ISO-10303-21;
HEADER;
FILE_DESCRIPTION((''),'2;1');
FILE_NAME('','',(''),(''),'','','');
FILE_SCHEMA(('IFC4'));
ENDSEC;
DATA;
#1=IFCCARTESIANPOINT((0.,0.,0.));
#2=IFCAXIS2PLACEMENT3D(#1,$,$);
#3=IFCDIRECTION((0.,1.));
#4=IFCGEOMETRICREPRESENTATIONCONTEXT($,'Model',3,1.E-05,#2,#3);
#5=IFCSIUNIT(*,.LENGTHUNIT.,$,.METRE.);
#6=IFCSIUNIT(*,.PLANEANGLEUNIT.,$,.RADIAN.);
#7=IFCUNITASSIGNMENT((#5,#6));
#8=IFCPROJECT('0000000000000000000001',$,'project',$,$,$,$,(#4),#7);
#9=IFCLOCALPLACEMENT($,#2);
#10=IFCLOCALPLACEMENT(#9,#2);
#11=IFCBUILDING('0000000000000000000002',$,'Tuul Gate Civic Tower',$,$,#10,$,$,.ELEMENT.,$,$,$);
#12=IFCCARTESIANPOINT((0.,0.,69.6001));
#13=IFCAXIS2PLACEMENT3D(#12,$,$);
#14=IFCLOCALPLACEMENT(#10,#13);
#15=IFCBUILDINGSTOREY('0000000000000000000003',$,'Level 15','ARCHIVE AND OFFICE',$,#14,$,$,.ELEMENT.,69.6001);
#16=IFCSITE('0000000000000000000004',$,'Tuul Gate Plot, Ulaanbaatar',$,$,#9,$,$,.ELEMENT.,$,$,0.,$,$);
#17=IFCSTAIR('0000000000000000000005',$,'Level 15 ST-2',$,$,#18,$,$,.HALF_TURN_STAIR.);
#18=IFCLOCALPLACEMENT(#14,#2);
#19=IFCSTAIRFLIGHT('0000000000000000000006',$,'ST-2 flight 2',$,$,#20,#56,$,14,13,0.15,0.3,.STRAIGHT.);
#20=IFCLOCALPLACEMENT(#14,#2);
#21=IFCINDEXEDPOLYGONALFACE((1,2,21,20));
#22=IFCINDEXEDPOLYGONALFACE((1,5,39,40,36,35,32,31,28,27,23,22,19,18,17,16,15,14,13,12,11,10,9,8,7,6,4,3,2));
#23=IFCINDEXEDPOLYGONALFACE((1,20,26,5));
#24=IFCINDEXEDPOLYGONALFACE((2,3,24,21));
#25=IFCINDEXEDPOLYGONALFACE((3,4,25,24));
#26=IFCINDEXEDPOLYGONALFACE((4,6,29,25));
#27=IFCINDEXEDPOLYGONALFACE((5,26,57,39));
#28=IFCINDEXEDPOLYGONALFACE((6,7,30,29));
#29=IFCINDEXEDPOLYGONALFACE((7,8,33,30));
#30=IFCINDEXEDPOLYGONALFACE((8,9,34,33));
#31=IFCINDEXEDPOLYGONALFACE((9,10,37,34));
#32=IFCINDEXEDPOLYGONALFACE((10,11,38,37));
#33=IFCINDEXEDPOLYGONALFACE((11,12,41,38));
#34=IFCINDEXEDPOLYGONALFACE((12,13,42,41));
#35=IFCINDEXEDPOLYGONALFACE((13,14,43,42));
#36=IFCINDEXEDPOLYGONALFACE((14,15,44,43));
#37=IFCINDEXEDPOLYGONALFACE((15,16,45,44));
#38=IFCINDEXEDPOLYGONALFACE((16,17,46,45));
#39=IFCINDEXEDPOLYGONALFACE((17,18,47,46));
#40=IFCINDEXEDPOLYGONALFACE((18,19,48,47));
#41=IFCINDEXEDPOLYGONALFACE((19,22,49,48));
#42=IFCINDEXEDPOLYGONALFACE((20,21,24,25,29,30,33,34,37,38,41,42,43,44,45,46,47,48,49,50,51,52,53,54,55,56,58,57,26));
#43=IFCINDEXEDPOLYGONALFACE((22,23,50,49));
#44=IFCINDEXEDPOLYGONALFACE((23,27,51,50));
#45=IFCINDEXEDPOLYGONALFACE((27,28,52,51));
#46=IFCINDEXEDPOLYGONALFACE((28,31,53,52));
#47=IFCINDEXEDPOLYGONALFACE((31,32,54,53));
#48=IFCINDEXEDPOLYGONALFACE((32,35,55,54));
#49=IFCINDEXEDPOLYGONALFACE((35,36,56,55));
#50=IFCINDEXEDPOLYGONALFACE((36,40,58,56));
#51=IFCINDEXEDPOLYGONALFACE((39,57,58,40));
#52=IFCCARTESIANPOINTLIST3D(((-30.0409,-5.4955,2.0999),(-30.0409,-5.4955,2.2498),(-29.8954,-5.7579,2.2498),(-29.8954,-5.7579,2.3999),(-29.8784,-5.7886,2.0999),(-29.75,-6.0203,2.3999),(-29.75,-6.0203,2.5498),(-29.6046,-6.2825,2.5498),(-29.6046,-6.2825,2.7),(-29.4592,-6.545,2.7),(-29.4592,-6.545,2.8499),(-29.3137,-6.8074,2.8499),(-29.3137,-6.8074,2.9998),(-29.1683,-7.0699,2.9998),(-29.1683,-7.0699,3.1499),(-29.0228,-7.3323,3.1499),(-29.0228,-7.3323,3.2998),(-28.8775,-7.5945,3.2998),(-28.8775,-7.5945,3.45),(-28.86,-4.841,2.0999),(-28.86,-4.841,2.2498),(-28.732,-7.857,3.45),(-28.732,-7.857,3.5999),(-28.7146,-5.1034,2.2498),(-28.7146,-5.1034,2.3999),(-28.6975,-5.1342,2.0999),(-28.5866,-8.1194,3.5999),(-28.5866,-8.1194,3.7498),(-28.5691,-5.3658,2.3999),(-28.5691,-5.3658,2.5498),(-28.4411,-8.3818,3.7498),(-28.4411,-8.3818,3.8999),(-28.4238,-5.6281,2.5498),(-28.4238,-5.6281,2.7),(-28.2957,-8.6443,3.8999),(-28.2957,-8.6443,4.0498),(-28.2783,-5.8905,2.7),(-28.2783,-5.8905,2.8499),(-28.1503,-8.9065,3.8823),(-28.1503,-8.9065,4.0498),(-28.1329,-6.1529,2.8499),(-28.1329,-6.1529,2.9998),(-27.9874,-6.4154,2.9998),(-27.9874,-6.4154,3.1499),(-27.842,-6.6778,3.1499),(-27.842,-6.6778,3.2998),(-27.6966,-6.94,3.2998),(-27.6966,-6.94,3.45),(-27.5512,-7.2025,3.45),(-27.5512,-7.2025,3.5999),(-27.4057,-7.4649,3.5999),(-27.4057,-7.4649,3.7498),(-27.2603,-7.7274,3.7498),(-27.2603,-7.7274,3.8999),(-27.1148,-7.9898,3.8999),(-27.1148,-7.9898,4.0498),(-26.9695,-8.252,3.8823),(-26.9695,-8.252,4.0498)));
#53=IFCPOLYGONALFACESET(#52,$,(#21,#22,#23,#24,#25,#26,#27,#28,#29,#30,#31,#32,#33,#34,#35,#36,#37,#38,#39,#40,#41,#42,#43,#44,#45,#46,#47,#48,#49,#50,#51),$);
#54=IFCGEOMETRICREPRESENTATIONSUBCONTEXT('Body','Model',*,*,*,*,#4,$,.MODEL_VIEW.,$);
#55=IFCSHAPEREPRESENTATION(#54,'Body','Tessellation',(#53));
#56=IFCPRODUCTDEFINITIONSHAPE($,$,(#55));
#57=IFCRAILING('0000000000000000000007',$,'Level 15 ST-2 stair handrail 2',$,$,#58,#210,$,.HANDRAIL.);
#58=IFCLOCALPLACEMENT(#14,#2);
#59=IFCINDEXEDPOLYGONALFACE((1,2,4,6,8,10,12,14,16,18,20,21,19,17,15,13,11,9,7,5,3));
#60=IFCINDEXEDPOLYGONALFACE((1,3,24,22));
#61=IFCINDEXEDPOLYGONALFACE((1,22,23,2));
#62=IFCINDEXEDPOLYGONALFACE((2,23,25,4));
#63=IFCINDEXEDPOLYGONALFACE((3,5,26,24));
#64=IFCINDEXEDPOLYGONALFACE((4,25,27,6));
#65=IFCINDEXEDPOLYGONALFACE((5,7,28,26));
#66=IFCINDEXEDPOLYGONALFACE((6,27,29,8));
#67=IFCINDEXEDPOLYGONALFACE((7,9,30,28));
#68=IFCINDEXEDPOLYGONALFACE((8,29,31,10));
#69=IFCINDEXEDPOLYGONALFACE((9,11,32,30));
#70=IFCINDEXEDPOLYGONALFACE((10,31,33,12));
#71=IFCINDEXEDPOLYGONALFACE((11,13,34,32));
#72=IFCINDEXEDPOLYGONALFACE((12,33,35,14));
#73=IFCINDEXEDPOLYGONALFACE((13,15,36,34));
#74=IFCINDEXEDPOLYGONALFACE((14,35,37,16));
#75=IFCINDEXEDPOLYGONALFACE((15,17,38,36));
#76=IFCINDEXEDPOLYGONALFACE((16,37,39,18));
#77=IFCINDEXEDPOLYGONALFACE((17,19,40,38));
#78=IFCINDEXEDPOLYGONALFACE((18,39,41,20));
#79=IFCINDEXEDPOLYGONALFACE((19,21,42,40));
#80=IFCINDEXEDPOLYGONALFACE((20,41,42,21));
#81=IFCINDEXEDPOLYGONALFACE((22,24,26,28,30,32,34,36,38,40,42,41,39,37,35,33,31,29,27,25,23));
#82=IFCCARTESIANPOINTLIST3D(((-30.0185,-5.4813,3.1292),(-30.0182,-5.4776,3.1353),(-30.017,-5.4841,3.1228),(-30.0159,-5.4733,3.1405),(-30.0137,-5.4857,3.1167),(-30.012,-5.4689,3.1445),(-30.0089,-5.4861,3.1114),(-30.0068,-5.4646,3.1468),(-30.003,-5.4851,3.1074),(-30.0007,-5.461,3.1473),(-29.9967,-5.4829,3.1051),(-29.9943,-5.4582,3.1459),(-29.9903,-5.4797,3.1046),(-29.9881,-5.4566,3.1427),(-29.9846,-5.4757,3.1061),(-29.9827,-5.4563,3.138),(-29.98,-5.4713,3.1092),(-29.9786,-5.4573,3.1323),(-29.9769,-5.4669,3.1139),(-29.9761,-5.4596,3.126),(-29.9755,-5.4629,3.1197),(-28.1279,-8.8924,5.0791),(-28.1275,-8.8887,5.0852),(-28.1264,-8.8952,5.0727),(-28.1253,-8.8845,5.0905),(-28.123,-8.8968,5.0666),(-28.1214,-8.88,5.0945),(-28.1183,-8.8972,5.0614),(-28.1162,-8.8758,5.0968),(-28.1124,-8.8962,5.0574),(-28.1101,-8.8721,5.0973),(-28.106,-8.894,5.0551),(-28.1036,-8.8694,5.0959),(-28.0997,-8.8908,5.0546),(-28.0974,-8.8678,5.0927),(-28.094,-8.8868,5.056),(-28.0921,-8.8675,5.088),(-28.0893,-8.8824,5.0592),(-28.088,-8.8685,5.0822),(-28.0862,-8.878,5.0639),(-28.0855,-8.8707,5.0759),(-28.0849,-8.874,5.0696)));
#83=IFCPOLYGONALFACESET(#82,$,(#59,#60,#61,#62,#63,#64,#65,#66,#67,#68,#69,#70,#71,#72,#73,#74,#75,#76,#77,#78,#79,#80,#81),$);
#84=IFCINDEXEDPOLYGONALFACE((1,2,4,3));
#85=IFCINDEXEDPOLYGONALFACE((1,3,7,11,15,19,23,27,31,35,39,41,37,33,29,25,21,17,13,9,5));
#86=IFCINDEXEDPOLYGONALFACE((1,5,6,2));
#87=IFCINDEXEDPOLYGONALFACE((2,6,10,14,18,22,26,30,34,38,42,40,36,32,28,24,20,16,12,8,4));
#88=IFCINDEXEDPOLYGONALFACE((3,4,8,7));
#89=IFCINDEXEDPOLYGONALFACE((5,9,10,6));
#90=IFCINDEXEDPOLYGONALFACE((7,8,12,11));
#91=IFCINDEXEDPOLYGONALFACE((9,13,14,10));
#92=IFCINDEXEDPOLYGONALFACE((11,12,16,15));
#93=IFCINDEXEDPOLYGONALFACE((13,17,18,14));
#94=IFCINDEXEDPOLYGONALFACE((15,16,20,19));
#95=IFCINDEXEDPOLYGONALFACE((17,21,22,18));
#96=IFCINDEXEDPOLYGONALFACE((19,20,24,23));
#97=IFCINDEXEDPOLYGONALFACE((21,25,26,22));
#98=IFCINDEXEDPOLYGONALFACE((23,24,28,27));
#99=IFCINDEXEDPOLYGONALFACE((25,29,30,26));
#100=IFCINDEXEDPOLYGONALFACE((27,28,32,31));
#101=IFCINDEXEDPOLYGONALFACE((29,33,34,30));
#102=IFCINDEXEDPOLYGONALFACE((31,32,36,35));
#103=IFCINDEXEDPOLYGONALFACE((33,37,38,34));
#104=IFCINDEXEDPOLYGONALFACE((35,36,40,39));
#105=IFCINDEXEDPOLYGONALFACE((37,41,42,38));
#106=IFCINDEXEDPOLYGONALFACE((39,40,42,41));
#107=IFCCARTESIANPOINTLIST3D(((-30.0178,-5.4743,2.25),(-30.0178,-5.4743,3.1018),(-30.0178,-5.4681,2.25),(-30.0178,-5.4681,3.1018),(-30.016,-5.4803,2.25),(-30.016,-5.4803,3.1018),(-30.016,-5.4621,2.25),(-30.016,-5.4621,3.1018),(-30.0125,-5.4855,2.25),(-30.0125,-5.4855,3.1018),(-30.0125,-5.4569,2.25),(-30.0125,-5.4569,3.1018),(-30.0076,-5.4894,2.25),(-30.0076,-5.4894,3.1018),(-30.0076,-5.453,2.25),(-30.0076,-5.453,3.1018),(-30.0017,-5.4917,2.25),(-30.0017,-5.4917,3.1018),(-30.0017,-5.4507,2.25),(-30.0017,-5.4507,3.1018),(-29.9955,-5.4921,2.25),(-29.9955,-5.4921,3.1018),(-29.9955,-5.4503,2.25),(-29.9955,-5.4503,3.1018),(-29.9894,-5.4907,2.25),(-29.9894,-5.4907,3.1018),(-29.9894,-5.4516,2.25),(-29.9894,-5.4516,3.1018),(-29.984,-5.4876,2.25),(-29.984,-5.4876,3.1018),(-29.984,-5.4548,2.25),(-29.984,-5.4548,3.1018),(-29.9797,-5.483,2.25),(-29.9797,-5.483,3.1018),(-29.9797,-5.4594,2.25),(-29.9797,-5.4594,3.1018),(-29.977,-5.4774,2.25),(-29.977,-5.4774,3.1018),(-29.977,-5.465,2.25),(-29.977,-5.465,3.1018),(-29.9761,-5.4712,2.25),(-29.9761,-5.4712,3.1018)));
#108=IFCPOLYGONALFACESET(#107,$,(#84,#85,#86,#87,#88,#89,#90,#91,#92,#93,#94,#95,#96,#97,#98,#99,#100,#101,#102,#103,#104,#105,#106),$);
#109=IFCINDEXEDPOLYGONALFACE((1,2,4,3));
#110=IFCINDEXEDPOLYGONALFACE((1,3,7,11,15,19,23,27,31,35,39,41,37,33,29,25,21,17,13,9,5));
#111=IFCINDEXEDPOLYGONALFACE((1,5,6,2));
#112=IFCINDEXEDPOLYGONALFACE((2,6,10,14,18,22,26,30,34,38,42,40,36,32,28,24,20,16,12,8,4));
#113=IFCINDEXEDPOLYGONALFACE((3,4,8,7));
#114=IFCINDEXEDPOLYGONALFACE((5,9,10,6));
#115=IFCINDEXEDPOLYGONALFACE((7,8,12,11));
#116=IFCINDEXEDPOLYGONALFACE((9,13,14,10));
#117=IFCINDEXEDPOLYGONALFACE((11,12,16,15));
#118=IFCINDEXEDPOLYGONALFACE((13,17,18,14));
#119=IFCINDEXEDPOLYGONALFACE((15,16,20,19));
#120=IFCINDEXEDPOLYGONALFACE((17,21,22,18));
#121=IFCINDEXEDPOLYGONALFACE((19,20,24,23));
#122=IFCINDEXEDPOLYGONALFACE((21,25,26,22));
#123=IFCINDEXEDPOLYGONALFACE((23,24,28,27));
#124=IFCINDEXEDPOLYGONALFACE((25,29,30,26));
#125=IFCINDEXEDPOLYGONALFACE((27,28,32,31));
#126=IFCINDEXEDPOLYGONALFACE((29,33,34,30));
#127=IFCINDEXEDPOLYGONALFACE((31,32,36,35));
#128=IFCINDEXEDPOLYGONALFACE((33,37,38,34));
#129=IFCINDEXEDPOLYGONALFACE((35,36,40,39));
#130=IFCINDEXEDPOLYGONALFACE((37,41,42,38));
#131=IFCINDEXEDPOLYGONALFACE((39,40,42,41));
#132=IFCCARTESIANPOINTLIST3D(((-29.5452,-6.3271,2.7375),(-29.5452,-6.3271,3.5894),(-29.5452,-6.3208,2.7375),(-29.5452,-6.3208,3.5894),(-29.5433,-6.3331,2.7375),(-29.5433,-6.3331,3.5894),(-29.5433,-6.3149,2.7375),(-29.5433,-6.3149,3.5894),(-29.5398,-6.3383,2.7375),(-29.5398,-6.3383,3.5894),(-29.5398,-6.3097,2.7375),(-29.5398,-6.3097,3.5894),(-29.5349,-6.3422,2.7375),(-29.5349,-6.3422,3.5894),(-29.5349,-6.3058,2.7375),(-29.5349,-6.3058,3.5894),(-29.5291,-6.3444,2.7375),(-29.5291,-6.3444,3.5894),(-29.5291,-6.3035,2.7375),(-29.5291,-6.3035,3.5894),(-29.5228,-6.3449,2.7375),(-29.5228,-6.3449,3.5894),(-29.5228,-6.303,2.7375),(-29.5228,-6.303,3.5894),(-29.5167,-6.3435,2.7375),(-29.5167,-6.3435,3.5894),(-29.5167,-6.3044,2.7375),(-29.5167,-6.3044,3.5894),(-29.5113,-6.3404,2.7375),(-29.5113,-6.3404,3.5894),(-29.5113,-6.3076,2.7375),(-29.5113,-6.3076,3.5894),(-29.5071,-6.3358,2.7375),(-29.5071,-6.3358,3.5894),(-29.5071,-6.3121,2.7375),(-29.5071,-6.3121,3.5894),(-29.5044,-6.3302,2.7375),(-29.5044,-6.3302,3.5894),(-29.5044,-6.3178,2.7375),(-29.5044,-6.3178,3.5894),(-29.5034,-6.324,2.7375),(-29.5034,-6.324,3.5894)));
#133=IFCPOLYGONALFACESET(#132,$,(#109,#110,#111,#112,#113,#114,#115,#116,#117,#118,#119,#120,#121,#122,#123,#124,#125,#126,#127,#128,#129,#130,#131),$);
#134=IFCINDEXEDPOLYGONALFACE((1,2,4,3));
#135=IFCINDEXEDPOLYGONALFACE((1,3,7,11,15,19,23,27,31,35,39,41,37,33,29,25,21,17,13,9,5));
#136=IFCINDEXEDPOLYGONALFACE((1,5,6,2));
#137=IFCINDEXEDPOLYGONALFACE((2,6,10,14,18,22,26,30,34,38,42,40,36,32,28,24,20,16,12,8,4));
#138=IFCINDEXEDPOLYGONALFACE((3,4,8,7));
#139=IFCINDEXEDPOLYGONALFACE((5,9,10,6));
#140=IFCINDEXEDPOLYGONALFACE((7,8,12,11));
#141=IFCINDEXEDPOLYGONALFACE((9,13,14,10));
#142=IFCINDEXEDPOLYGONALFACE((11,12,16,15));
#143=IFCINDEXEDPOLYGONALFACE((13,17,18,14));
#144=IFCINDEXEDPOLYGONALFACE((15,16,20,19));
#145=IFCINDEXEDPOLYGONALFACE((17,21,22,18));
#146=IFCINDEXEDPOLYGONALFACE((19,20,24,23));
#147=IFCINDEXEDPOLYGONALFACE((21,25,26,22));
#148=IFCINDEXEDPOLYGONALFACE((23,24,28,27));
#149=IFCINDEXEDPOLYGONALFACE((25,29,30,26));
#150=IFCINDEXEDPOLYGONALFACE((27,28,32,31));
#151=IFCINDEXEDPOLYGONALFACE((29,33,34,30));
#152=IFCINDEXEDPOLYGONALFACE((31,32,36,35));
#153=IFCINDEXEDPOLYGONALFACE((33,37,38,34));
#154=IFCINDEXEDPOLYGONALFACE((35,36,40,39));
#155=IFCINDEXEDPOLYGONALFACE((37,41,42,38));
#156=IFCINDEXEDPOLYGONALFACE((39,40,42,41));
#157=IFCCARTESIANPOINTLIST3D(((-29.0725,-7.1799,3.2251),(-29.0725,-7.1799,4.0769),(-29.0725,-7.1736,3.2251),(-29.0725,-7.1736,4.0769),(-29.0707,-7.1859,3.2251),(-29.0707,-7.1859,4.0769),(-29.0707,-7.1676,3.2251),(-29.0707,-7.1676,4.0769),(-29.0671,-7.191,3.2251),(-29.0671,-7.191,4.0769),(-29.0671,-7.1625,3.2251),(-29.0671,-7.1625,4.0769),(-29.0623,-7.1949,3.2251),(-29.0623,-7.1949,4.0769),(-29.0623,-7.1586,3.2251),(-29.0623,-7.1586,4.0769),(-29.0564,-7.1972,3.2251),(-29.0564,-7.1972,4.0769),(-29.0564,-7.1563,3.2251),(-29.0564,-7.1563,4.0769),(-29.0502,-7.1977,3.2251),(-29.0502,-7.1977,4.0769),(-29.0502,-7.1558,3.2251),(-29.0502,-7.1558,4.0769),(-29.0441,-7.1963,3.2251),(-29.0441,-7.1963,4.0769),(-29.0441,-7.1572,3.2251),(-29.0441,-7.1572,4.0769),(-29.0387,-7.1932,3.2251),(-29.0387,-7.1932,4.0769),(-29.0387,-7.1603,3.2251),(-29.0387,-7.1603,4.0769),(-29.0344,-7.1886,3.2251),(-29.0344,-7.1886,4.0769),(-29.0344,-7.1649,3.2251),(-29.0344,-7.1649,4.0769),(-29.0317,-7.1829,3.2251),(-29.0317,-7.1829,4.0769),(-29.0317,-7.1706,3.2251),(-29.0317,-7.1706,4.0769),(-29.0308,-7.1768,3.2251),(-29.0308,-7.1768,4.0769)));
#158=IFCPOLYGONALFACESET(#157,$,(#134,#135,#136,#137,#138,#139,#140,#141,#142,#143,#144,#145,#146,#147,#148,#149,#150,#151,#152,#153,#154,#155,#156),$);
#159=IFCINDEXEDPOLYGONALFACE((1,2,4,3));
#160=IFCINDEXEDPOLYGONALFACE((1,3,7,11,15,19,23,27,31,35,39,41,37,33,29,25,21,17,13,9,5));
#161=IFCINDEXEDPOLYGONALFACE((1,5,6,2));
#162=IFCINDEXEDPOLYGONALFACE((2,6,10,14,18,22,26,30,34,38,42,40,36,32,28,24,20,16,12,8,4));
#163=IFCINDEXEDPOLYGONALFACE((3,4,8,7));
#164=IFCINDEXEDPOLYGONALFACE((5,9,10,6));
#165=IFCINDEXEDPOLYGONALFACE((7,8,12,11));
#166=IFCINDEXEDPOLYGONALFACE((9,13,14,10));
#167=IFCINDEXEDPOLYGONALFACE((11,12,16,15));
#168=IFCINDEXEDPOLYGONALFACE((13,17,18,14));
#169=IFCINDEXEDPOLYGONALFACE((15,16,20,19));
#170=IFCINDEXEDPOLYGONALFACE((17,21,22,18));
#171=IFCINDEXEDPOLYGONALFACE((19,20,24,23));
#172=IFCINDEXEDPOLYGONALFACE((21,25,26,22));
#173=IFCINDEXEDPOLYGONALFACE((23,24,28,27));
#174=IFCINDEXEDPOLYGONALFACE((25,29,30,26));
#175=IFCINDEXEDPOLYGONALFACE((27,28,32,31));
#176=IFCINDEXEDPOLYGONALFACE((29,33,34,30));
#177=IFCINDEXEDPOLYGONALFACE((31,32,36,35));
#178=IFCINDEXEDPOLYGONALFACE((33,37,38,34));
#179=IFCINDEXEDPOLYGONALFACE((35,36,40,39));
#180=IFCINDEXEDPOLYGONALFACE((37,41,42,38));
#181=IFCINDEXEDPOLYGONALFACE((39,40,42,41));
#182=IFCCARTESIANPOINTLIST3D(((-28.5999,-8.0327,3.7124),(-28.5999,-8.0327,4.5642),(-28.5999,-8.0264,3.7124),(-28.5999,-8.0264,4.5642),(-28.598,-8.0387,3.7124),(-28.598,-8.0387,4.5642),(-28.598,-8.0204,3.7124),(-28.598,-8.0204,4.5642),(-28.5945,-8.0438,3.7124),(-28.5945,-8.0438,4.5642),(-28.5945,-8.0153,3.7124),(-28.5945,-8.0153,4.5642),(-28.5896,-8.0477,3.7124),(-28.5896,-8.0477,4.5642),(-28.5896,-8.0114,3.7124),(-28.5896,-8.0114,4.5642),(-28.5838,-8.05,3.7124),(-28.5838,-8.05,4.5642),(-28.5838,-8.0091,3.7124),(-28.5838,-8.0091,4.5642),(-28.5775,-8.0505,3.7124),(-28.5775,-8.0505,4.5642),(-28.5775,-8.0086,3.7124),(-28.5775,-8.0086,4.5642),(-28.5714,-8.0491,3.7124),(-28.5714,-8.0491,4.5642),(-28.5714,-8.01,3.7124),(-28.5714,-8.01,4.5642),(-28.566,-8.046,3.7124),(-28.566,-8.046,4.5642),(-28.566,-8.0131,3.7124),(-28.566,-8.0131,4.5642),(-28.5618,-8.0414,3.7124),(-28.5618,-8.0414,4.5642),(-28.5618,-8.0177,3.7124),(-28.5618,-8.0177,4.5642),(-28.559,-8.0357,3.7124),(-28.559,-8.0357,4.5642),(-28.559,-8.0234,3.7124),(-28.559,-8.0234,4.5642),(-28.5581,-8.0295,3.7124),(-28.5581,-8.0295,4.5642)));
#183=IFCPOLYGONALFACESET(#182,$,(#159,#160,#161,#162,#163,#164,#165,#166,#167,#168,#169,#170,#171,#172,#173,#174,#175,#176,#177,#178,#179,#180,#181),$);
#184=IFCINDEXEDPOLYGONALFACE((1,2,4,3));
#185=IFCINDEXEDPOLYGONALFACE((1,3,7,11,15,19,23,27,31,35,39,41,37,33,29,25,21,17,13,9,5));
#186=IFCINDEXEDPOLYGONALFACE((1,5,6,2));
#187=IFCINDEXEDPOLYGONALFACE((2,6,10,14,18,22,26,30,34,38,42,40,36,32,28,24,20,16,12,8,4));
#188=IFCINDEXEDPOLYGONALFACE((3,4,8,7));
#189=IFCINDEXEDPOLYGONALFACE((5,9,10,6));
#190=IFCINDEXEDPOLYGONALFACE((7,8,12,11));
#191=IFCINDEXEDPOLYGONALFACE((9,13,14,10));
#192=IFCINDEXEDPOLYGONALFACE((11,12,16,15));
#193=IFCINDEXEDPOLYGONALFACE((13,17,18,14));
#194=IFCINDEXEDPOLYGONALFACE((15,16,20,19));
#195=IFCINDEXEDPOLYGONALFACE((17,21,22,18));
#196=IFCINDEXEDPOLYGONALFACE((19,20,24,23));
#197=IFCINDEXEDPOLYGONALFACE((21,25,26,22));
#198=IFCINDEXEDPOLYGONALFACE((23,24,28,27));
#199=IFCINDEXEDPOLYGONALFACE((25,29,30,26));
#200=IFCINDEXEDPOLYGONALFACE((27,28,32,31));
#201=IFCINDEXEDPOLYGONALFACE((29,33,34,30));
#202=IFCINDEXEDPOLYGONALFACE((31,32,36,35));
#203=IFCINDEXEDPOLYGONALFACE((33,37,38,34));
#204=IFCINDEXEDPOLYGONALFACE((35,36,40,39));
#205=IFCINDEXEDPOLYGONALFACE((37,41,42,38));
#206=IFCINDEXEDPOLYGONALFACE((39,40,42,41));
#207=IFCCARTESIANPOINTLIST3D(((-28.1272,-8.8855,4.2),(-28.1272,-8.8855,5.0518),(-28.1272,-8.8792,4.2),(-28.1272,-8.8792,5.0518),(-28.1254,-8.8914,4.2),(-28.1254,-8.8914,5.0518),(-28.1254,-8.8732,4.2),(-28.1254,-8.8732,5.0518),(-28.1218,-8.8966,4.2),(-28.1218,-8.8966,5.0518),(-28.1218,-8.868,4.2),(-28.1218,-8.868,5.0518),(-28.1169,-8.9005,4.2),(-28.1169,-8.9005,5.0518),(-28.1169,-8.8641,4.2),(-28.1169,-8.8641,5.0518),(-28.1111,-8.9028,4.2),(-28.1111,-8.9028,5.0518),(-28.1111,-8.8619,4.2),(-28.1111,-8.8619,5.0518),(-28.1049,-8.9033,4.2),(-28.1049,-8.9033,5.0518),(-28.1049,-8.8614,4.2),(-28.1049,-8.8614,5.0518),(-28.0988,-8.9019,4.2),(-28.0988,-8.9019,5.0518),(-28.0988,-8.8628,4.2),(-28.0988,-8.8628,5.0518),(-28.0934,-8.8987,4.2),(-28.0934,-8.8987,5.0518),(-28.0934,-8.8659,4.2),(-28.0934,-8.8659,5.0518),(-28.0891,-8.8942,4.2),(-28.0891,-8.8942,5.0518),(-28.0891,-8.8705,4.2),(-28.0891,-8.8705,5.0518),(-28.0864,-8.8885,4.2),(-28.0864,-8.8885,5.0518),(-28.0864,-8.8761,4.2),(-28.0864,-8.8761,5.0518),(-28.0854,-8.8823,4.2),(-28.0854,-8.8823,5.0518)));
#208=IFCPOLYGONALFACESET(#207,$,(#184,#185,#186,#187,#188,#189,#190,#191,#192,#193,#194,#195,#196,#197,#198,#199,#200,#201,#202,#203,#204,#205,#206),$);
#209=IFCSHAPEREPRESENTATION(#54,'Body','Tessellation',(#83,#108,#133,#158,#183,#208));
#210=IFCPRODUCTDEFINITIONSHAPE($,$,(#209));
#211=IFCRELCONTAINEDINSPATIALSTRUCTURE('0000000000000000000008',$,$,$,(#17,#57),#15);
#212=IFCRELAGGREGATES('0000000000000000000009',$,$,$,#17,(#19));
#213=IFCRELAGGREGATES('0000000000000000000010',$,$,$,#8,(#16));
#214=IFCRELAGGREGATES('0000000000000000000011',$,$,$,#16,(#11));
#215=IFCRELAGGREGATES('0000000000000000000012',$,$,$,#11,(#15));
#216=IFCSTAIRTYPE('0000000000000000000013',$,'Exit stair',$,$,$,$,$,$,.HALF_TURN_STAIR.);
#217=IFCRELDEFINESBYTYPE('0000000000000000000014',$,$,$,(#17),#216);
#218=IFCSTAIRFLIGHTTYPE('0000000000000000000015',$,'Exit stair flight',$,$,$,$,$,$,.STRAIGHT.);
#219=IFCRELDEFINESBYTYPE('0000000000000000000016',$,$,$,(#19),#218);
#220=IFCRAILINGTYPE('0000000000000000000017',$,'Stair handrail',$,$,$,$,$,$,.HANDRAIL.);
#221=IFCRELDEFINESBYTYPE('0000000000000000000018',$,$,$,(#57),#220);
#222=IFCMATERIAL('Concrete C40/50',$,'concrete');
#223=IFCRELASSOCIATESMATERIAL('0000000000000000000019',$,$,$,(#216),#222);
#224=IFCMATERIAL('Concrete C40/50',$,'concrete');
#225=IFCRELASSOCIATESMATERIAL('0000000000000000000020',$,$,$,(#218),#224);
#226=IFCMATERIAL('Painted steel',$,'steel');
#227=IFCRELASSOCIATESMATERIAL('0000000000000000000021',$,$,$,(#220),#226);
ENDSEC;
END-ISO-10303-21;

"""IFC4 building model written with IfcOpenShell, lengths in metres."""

from ifc_helpers import new_model, si_unit, direction, frame, origin, origin_2d, place, context, subcontext, project, spatial, polyline, circle, outline, extrude, material, type_object, element, aggregate, save


model = new_model("IFC4")

# Units and contexts
model_context = context("Model", 3, precision=1e-05, world=origin(), true_north=direction((0.0, 1.0)))
body_context = subcontext(model_context, "Body", "Model", "MODEL_VIEW")
ifc_project = project(units=[si_unit("LENGTHUNIT", "METRE"), si_unit("PLANEANGLEUNIT", "RADIAN")], contexts=[model_context])

# Site, building, storey
site_placement = place(None, origin())
site = spatial("IfcSite", under=ifc_project, at=site_placement, Name="Tuul Gate Plot, Ulaanbaatar", CompositionType="ELEMENT", RefElevation=0.0)
building_placement = place(site_placement, origin())
building = spatial("IfcBuilding", under=site, at=building_placement, Name="Tuul Gate Civic Tower", CompositionType="ELEMENT")
storey_placement = place(building_placement, frame((0.0, 0.0, 69.6001)))
storey = spatial("IfcBuildingStorey", under=building, at=storey_placement, Name="Level 15", Description="ARCHIVE AND OFFICE", CompositionType="ELEMENT", Elevation=69.6001)

# Stair, stair flight
ifc_material_1 = material(Name="Concrete C40/50", Category="concrete")
stair_type = type_object("IfcStairType", Name="Exit stair", PredefinedType="HALF_TURN_STAIR", material=ifc_material_1)
stair_placement = place(storey_placement, origin())
stair = element("IfcStair", 1, at=stair_placement, inside=storey, type_object=stair_type, Name="Level 15 ST-2", PredefinedType="HALF_TURN_STAIR")
ifc_material_2 = material(Name="Concrete C40/50", Category="concrete")
stair_flight_type = type_object("IfcStairFlightType", Name="Exit stair flight", PredefinedType="STRAIGHT", material=ifc_material_2)
stair_flight_placement = place(storey_placement, frame((-29.4504, -5.1682, 2.0999), z_axis=(0.0, 0.0, 1.0), x_axis=(0.484762, -0.874646, 0.0)))
stair_flight = element("IfcStairFlight", 2, at=stair_flight_placement, type_object=stair_flight_type, Name="ST-2 flight 2", NumberOfRisers=14, NumberOfTreads=13, PredefinedType="STRAIGHT", RiserHeight=0.15, TreadLength=0.3, context=body_context, shape_type="SweptSolid", body=[
    extrude(outline(polyline([(0.0, 0.0), (0.0, 0.1499), (0.3, 0.1499), (0.3, 0.3), (0.6001, 0.3), (0.6001, 0.45), (0.8999, 0.45), (0.8999, 0.6001), (1.2, 0.6001), (1.2, 0.75), (1.5, 0.75), (1.5, 0.8999), (1.8, 0.8999), (1.8, 1.05), (2.1001, 1.05), (2.1001, 1.2), (2.3999, 1.2), (2.3999, 1.3501), (2.7, 1.3501), (2.7, 1.5), (3.0, 1.5), (3.0, 1.6499), (3.3, 1.6499), (3.3, 1.8), (3.6001, 1.8), (3.6001, 1.95), (3.8999, 1.95), (3.8999, 2.1001), (3.8999, 1.7825), (0.3352, 0.0), (0.0, 0.0)])), frame((0.0, 0.675, 0.0), z_axis=(0.0, -1.0, 0.0), x_axis=(1.0, 0.0, 0.0)), (0.0, 0.0, 1.0), 1.3501),
])
aggregate(stair, [stair_flight])

# Railing
ifc_material_3 = material(Name="Painted steel", Category="steel")
railing_type = type_object("IfcRailingType", Name="Stair handrail", PredefinedType="HANDRAIL", material=ifc_material_3)
railing_placement = place(storey_placement, frame((-29.9971, -5.4712, 2.25)))
element("IfcRailing", 3, at=railing_placement, inside=storey, type_object=railing_type, Name="Level 15 ST-2 stair handrail 2", PredefinedType="HANDRAIL", context=body_context, shape_type="SweptSolid", body=[
    extrude(circle(Radius=0.0239, at=origin_2d()), frame((0.0, 0.0, 0.876), z_axis=(0.433595, -0.782308, 0.447201), x_axis=(0.874641, 0.484771, 0.0)), (0.0, 0.0, 1.0), 4.3604),
    extrude(circle(Radius=0.021, at=origin_2d()), origin(), (0.0, 0.0, 1.0), 0.8518),
    extrude(circle(Radius=0.021, at=origin_2d()), frame((0.4727, -0.8528, 0.4875)), (0.0, 0.0, 1.0), 0.8518),
    extrude(circle(Radius=0.021, at=origin_2d()), frame((0.9453, -1.7056, 0.9751)), (0.0, 0.0, 1.0), 0.8518),
    extrude(circle(Radius=0.021, at=origin_2d()), frame((1.418, -2.5583, 1.4624)), (0.0, 0.0, 1.0), 0.8518),
    extrude(circle(Radius=0.021, at=origin_2d()), frame((1.8906, -3.4111, 1.95)), (0.0, 0.0, 1.0), 0.8518),
])

save(model, "model.ifc")
